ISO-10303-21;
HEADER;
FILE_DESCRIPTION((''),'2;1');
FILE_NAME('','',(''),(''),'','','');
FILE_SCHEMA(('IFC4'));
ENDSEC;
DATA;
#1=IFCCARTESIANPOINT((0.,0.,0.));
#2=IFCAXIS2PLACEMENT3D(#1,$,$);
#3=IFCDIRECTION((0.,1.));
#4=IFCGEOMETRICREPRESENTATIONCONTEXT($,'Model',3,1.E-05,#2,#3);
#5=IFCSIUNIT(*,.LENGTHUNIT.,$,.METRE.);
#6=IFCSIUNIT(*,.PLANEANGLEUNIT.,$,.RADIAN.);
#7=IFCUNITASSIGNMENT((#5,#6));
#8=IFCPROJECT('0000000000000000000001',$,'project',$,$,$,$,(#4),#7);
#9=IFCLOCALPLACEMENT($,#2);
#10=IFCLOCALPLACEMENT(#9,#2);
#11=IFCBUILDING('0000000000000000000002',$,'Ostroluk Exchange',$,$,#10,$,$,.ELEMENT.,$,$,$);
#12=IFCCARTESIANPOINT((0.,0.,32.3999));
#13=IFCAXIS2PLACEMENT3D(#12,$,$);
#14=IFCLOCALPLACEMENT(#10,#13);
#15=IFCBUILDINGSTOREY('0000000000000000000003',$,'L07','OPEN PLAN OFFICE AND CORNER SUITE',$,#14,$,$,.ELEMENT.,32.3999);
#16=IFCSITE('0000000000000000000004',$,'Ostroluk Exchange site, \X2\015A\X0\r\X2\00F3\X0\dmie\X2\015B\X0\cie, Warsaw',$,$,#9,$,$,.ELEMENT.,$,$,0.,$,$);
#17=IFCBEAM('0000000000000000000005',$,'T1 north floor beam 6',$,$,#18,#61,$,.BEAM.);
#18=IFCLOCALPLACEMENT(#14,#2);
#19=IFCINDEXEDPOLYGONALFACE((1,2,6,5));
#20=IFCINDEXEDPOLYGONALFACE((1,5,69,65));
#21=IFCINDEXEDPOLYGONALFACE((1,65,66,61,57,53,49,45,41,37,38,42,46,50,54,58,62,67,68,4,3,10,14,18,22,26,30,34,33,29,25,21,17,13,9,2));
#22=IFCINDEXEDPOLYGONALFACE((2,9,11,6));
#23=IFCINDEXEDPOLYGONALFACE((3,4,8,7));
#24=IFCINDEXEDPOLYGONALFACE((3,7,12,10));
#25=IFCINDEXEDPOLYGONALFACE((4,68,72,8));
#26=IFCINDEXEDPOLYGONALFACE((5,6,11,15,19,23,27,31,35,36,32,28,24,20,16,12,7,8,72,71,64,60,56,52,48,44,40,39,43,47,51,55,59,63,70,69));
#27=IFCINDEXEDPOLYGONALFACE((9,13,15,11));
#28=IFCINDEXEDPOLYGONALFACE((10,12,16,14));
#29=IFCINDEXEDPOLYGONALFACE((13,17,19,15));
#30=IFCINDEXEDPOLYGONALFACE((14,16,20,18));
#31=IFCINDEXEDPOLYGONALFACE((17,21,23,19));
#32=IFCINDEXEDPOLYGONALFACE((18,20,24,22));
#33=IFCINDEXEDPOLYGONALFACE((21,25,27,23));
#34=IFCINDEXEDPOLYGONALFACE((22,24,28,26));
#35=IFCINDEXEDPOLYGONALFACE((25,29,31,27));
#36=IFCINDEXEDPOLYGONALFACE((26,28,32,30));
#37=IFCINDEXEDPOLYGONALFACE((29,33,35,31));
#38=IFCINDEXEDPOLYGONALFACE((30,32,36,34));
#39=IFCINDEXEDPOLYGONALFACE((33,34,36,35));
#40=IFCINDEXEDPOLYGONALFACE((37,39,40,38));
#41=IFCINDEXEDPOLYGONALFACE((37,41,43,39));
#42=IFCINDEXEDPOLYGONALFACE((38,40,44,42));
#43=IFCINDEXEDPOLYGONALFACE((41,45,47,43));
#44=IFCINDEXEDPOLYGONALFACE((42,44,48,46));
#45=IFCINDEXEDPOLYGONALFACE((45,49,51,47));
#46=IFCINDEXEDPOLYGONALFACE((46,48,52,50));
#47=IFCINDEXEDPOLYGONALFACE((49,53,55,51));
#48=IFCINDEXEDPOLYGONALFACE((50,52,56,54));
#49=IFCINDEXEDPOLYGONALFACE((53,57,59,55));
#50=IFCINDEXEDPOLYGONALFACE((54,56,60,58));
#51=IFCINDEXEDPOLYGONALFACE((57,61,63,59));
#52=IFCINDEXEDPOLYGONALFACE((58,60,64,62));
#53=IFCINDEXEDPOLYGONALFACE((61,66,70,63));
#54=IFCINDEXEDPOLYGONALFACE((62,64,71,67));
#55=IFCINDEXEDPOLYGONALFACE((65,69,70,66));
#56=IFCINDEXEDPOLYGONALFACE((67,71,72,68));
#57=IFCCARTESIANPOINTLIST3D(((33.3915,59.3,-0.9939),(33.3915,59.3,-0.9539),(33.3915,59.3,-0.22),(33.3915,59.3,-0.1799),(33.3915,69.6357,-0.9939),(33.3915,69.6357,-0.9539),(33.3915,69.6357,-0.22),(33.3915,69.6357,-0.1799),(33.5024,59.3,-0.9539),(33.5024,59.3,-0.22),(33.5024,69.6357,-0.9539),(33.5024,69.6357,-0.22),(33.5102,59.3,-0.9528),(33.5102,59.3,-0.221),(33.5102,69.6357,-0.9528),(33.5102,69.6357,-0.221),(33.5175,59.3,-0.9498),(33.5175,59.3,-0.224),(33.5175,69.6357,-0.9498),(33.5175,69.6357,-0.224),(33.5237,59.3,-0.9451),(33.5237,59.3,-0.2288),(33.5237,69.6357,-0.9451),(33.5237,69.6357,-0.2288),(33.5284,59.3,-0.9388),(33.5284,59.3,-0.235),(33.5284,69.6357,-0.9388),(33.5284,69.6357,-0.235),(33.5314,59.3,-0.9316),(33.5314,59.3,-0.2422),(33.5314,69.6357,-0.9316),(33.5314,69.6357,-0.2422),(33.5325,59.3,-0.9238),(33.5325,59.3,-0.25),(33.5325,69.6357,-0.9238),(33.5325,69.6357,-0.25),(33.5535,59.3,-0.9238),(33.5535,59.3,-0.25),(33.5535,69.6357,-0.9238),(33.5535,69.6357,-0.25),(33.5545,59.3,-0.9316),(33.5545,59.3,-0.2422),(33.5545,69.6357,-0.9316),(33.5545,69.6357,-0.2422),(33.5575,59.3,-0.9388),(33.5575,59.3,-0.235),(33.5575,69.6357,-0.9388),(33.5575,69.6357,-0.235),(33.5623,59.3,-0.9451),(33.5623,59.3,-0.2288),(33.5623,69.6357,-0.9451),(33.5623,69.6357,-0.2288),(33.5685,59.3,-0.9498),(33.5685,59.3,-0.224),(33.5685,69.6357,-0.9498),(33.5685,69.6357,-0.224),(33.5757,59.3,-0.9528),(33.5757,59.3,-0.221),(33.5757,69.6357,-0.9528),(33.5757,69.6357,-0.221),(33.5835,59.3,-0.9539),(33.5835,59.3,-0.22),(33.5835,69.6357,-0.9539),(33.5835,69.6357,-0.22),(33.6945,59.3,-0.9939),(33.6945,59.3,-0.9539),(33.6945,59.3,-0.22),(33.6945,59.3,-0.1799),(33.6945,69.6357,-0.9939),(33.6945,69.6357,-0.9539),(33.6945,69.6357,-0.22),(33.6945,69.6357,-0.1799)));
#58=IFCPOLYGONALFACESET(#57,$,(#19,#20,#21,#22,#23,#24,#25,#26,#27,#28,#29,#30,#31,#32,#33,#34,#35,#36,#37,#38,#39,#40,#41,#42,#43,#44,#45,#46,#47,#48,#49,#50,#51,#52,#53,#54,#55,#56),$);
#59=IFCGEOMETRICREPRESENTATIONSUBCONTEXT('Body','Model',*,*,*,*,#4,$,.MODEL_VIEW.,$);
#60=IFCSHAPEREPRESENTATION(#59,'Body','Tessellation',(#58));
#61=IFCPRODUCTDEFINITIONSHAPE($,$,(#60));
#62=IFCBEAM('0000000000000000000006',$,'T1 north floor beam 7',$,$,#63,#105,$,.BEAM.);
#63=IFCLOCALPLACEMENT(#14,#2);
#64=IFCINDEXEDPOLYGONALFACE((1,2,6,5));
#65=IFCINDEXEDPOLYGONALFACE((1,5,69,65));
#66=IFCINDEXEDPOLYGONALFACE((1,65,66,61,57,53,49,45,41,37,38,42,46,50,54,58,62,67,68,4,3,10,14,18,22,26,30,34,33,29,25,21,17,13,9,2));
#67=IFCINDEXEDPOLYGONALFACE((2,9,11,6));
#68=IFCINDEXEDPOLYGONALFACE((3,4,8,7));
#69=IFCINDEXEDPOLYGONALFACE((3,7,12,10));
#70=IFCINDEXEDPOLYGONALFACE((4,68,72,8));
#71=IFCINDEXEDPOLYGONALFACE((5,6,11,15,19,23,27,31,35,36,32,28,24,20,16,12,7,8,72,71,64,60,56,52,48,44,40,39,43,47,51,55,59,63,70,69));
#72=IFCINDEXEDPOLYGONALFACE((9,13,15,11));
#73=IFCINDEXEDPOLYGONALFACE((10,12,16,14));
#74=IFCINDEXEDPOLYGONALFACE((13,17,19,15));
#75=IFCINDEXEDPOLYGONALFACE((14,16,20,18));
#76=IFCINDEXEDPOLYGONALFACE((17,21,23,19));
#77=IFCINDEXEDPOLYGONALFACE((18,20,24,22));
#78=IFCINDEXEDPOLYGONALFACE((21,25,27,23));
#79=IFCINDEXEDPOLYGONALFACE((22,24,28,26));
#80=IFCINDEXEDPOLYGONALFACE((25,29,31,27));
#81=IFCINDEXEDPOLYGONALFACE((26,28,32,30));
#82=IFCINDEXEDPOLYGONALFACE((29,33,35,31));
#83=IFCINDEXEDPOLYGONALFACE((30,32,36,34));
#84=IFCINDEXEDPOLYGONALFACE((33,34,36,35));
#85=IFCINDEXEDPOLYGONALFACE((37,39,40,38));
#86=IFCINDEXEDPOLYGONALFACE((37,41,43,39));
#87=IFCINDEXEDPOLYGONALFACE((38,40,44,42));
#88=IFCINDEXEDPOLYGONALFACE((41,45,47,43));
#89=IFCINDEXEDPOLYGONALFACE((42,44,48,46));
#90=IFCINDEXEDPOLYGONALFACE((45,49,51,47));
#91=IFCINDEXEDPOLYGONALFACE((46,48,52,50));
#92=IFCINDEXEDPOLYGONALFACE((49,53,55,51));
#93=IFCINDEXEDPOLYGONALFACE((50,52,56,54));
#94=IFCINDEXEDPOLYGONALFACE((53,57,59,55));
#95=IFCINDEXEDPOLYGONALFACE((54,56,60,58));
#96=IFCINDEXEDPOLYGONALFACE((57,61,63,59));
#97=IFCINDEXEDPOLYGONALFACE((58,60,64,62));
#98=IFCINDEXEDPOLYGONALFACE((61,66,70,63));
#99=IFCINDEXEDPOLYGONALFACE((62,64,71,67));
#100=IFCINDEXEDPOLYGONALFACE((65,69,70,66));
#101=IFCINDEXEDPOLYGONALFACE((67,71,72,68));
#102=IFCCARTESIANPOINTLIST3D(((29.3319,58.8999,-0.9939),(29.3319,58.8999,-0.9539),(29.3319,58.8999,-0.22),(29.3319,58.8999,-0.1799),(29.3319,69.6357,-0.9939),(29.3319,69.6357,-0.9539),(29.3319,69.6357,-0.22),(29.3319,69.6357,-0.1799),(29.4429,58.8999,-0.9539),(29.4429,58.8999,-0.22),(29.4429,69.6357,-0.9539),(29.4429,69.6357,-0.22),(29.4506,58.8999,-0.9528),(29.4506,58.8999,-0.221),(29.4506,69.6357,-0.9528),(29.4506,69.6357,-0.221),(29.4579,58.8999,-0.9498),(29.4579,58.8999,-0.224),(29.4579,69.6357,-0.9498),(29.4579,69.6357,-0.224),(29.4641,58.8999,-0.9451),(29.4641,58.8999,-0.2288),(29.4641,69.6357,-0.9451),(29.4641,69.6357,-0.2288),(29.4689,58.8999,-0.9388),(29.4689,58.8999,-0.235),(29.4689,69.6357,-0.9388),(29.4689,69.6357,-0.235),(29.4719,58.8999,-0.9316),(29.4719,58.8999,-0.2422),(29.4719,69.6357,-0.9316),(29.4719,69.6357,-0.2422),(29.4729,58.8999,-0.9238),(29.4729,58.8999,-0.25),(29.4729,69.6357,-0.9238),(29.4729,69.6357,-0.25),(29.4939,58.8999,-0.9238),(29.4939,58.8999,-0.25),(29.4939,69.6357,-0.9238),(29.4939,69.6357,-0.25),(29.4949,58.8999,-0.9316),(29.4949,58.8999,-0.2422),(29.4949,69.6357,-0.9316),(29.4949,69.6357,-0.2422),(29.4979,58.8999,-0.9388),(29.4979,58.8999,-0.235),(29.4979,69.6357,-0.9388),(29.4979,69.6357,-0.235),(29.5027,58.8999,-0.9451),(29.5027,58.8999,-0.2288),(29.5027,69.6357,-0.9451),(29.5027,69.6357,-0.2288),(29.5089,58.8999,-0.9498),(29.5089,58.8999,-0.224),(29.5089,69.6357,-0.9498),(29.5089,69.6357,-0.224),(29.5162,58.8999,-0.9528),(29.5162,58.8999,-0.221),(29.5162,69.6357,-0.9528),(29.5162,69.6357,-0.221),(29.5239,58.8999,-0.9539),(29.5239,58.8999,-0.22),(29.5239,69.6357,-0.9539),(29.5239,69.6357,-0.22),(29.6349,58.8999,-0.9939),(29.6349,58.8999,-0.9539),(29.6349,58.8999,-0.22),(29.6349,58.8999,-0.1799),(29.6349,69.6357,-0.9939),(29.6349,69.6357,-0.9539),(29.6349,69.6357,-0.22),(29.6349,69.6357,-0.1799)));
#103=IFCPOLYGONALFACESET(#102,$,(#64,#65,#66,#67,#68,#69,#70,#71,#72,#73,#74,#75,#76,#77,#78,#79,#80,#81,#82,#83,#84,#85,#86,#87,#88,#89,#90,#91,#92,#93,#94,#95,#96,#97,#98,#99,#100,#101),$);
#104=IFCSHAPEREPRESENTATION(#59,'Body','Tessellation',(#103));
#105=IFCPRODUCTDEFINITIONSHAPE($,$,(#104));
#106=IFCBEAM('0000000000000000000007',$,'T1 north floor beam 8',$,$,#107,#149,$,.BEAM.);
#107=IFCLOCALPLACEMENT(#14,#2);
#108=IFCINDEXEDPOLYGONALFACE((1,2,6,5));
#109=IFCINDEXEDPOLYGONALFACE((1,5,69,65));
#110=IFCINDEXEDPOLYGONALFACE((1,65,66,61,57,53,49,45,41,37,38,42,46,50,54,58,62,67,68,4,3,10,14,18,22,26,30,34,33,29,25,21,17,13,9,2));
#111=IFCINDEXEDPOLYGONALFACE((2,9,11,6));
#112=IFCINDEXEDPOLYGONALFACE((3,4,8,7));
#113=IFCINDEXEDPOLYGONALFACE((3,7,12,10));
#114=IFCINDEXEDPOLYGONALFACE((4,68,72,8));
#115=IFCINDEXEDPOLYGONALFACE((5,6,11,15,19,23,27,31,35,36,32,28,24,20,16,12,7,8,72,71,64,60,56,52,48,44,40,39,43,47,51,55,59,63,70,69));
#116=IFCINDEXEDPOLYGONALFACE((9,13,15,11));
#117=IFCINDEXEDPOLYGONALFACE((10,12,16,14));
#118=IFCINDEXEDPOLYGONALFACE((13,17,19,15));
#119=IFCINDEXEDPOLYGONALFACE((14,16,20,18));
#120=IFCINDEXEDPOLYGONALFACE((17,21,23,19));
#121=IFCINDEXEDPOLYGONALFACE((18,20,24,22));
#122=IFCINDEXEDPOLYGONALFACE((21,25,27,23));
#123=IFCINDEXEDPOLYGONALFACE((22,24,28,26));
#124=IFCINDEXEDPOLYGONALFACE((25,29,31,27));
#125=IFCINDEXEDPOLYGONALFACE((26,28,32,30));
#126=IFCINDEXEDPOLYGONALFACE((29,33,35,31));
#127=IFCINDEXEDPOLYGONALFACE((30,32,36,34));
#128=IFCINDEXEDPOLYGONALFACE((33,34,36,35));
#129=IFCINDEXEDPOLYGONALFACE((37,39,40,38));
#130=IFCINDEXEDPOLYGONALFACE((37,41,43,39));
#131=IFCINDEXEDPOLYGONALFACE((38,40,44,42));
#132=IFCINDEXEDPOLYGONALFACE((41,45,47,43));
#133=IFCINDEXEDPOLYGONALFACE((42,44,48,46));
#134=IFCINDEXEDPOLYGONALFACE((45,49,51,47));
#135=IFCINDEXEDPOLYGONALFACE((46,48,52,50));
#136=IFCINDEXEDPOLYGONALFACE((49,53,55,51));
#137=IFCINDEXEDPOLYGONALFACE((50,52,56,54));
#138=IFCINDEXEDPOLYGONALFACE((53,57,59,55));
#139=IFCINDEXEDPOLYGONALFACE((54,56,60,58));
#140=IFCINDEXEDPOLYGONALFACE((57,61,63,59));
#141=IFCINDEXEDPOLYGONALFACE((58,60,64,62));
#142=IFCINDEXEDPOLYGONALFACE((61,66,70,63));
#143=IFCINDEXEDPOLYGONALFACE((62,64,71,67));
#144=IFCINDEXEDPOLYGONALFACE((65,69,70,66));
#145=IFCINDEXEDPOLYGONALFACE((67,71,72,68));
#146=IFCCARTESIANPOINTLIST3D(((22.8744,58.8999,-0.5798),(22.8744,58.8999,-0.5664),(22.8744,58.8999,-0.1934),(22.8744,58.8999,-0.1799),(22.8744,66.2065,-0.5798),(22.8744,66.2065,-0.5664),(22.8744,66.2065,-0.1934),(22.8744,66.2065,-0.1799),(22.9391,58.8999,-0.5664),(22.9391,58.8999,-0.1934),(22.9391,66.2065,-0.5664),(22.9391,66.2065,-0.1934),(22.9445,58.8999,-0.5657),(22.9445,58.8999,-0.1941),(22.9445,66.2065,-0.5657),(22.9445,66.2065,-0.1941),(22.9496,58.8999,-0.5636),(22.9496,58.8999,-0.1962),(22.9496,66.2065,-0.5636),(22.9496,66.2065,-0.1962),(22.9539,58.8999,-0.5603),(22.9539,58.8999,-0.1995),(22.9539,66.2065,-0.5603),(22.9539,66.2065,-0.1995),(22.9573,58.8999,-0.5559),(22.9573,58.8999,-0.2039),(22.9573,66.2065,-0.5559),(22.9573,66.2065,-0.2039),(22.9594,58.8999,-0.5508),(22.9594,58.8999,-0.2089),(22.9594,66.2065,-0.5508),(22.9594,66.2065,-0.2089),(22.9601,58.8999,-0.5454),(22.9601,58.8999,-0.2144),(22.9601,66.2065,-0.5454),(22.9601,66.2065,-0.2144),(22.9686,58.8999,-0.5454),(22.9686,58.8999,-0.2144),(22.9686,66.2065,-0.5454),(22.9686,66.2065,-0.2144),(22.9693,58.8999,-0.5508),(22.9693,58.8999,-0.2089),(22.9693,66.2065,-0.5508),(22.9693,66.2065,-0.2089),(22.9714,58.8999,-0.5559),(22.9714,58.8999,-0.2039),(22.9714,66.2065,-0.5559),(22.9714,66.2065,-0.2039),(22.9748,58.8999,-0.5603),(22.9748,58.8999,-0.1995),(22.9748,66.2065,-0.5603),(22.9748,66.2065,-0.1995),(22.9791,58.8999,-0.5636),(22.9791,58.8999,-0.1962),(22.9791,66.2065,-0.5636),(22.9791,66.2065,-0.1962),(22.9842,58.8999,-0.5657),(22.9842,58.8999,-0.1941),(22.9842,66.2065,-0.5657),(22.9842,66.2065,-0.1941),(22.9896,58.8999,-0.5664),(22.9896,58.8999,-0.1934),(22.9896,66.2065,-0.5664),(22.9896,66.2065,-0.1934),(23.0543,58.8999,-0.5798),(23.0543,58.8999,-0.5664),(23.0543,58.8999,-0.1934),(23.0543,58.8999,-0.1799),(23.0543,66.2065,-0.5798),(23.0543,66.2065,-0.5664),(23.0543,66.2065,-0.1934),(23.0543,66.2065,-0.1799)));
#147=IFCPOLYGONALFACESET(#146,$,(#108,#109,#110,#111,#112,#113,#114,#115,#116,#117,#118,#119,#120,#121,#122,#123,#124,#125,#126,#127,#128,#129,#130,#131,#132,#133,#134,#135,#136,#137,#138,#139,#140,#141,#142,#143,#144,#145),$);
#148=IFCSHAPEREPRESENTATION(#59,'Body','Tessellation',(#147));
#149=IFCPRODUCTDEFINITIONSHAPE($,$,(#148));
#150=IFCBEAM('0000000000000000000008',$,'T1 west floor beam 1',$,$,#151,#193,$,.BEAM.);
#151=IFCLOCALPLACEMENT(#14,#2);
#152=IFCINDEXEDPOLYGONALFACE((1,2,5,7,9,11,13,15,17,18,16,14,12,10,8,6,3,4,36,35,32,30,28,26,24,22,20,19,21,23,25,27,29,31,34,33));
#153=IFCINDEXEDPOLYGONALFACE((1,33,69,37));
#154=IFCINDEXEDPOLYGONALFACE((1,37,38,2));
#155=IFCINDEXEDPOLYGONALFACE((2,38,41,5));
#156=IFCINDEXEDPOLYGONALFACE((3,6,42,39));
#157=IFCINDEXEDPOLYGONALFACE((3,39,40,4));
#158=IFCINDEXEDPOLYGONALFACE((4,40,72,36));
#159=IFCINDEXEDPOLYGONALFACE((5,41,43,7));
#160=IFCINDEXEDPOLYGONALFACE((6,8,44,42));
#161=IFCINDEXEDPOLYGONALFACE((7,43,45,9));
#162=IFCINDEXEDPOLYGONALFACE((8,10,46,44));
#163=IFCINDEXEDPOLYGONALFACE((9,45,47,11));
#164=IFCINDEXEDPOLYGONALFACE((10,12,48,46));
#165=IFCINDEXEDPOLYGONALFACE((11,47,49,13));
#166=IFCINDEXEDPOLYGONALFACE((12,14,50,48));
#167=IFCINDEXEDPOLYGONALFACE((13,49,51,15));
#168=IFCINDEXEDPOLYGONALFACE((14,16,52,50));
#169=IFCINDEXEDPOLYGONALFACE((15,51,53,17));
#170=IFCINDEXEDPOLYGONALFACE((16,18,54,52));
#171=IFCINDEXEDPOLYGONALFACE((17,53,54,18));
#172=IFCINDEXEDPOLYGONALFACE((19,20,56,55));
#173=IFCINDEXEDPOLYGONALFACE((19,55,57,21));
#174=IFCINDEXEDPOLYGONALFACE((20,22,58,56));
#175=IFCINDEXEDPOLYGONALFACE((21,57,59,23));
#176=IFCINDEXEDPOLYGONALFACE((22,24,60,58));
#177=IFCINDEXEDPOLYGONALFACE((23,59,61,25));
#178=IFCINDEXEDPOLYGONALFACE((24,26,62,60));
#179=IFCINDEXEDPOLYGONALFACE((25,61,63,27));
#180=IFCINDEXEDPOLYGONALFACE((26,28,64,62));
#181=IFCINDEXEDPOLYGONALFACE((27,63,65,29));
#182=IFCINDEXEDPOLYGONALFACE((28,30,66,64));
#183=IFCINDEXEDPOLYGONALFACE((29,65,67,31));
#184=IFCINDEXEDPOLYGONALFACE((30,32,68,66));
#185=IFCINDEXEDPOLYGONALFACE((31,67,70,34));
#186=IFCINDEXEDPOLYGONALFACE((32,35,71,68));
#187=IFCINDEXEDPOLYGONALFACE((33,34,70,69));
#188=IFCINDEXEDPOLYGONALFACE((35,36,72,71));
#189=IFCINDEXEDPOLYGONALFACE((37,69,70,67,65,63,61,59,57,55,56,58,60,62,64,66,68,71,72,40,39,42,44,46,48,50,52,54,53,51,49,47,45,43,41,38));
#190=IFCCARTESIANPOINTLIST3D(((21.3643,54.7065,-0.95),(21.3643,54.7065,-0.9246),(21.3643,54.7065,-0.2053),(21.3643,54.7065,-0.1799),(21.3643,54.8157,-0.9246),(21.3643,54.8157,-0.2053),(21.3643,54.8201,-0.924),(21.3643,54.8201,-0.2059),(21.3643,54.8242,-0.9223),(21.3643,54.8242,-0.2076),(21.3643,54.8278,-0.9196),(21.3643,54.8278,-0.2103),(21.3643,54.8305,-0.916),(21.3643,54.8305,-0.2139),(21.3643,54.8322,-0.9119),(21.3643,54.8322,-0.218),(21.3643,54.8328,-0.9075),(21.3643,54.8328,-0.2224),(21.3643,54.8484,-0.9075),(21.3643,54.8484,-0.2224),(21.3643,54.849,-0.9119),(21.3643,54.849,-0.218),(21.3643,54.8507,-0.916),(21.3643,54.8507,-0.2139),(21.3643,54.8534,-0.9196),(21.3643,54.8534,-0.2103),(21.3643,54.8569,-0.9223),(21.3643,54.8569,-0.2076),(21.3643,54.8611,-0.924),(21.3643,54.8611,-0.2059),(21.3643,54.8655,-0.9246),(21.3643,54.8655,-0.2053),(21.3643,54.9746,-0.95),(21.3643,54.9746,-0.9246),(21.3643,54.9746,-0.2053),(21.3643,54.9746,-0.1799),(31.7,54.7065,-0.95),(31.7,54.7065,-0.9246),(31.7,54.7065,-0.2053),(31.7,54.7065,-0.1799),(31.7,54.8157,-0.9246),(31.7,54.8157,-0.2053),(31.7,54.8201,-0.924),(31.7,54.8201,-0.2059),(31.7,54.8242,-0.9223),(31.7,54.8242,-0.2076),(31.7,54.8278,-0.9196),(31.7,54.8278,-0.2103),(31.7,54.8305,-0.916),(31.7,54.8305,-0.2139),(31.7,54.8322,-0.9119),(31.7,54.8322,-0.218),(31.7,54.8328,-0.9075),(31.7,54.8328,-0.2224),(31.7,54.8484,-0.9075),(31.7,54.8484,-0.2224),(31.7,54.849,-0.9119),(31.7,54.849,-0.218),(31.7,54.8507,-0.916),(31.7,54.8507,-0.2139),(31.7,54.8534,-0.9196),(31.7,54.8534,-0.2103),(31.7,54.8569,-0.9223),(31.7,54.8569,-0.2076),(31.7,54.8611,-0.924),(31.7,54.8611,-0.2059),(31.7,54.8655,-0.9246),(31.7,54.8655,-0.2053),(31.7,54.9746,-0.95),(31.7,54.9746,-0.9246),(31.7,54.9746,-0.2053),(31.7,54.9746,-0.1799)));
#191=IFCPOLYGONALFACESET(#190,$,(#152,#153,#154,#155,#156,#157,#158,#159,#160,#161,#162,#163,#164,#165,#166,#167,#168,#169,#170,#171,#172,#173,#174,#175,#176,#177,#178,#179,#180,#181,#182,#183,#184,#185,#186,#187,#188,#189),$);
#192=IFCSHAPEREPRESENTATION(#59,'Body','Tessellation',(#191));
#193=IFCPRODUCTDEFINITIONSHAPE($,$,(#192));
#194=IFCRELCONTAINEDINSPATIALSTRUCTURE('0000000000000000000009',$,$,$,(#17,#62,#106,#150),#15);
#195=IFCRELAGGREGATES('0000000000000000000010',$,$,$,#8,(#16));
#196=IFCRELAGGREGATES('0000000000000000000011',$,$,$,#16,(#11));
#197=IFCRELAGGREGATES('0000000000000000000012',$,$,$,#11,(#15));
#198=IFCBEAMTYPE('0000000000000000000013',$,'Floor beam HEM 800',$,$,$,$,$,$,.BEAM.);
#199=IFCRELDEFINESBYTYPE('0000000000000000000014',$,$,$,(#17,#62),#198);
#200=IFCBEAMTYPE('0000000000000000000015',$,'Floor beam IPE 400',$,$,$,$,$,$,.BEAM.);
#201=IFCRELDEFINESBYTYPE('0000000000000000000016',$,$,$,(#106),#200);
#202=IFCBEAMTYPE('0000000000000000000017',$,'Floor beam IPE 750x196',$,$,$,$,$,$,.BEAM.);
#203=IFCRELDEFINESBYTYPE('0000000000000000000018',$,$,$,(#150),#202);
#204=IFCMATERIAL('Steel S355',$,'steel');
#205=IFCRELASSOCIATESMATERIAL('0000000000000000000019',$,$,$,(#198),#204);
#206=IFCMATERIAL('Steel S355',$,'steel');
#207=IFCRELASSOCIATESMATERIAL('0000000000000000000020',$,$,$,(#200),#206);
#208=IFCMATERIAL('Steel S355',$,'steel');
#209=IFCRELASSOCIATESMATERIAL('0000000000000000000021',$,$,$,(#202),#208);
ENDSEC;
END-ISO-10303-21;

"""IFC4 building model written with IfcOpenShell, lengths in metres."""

from ifc_helpers import new_model, si_unit, direction, frame, origin, origin_2d, place, context, subcontext, project, spatial, i_section, extrude, material, material_profile, profile_set, type_object, element, save


model = new_model("IFC4")

# Units and contexts
model_context = context("Model", 3, precision=1e-05, world=origin(), true_north=direction((0.0, 1.0)))
body_context = subcontext(model_context, "Body", "Model", "MODEL_VIEW")
ifc_project = project(units=[si_unit("LENGTHUNIT", "METRE"), si_unit("PLANEANGLEUNIT", "RADIAN")], contexts=[model_context])

# Site, building, storey
site_placement = place(None, origin())
site = spatial("IfcSite", under=ifc_project, at=site_placement, Name="Ostroluk Exchange site, Śródmieście, Warsaw", CompositionType="ELEMENT", RefElevation=0.0)
building_placement = place(site_placement, origin())
building = spatial("IfcBuilding", under=site, at=building_placement, Name="Ostroluk Exchange", CompositionType="ELEMENT")
storey_placement = place(building_placement, frame((0.0, 0.0, 32.3999)))
storey = spatial("IfcBuildingStorey", under=building, at=storey_placement, Name="L07", Description="OPEN PLAN OFFICE AND CORNER SUITE", CompositionType="ELEMENT", Elevation=32.3999)

# Beams
ifc_material_1 = material(Name="Steel S355", Category="steel")
ifc_material_profile_1 = material_profile(ifc_material_1, i_section(OverallWidth=0.303, OverallDepth=0.814, WebThickness=0.021, FlangeThickness=0.04, FilletRadius=0.03, at=origin_2d()), Name="HEM 800")
ifc_profile_set_1 = profile_set([ifc_material_profile_1], Name="Steel S355")
beam_type_1 = type_object("IfcBeamType", Name="Floor beam HEM 800", PredefinedType="BEAM", material=ifc_profile_set_1)
beam_1_placement = place(storey_placement, frame((33.543, 59.3, -0.5869), z_axis=(0.0, 1.0, 0.0), x_axis=(-1.0, 0.0, 0.0)))
element("IfcBeam", 1, at=beam_1_placement, inside=storey, type_object=beam_type_1, Name="T1 north floor beam 6", PredefinedType="BEAM", context=body_context, shape_type="SweptSolid", body=[
    extrude(i_section(OverallWidth=0.303, OverallDepth=0.814, WebThickness=0.021, FlangeThickness=0.04, FilletRadius=0.03, at=origin_2d()), origin(), (0.0, 0.0, 1.0), 10.3357),
])
beam_2_placement = place(storey_placement, frame((29.4834, 58.8999, -0.5869), z_axis=(0.0, 1.0, 0.0), x_axis=(-1.0, 0.0, 0.0)))
element("IfcBeam", 2, at=beam_2_placement, inside=storey, type_object=beam_type_1, Name="T1 north floor beam 7", PredefinedType="BEAM", context=body_context, shape_type="SweptSolid", body=[
    extrude(i_section(OverallWidth=0.303, OverallDepth=0.814, WebThickness=0.021, FlangeThickness=0.04, FilletRadius=0.03, at=origin_2d()), origin(), (0.0, 0.0, 1.0), 10.7358),
])
ifc_material_2 = material(Name="Steel S355", Category="steel")
ifc_material_profile_2 = material_profile(ifc_material_2, i_section(OverallWidth=0.1799, OverallDepth=0.3999, WebThickness=0.0085, FlangeThickness=0.0134, FilletRadius=0.021, at=origin_2d()), Name="IPE 400")
ifc_profile_set_2 = profile_set([ifc_material_profile_2], Name="Steel S355")
beam_type_2 = type_object("IfcBeamType", Name="Floor beam IPE 400", PredefinedType="BEAM", material=ifc_profile_set_2)
beam_3_placement = place(storey_placement, frame((22.9644, 58.8999, -0.3799), z_axis=(0.0, 1.0, 0.0), x_axis=(-1.0, 0.0, 0.0)))
element("IfcBeam", 3, at=beam_3_placement, inside=storey, type_object=beam_type_2, Name="T1 north floor beam 8", PredefinedType="BEAM", context=body_context, shape_type="SweptSolid", body=[
    extrude(i_section(OverallWidth=0.1799, OverallDepth=0.3999, WebThickness=0.0085, FlangeThickness=0.0134, FilletRadius=0.021, at=origin_2d()), origin(), (0.0, 0.0, 1.0), 7.3066),
])
ifc_material_3 = material(Name="Steel S355", Category="steel")
ifc_material_profile_3 = material_profile(ifc_material_3, i_section(OverallWidth=0.2681, OverallDepth=0.77, WebThickness=0.0156, FlangeThickness=0.0254, FilletRadius=0.0171, at=origin_2d()), Name="IPE 750x196")
ifc_profile_set_3 = profile_set([ifc_material_profile_3], Name="Steel S355")
beam_type_3 = type_object("IfcBeamType", Name="Floor beam IPE 750x196", PredefinedType="BEAM", material=ifc_profile_set_3)
beam_4_placement = place(storey_placement, frame((31.7, 54.8406, -0.5649), z_axis=(-1.0, 0.0, 0.0), x_axis=(0.0, -1.0, 0.0)))
element("IfcBeam", 4, at=beam_4_placement, inside=storey, type_object=beam_type_3, Name="T1 west floor beam 1", PredefinedType="BEAM", context=body_context, shape_type="SweptSolid", body=[
    extrude(i_section(OverallWidth=0.2681, OverallDepth=0.77, WebThickness=0.0156, FlangeThickness=0.0254, FilletRadius=0.0171, at=origin_2d()), origin(), (0.0, 0.0, 1.0), 10.3357),
])

save(model, "model.ifc")
